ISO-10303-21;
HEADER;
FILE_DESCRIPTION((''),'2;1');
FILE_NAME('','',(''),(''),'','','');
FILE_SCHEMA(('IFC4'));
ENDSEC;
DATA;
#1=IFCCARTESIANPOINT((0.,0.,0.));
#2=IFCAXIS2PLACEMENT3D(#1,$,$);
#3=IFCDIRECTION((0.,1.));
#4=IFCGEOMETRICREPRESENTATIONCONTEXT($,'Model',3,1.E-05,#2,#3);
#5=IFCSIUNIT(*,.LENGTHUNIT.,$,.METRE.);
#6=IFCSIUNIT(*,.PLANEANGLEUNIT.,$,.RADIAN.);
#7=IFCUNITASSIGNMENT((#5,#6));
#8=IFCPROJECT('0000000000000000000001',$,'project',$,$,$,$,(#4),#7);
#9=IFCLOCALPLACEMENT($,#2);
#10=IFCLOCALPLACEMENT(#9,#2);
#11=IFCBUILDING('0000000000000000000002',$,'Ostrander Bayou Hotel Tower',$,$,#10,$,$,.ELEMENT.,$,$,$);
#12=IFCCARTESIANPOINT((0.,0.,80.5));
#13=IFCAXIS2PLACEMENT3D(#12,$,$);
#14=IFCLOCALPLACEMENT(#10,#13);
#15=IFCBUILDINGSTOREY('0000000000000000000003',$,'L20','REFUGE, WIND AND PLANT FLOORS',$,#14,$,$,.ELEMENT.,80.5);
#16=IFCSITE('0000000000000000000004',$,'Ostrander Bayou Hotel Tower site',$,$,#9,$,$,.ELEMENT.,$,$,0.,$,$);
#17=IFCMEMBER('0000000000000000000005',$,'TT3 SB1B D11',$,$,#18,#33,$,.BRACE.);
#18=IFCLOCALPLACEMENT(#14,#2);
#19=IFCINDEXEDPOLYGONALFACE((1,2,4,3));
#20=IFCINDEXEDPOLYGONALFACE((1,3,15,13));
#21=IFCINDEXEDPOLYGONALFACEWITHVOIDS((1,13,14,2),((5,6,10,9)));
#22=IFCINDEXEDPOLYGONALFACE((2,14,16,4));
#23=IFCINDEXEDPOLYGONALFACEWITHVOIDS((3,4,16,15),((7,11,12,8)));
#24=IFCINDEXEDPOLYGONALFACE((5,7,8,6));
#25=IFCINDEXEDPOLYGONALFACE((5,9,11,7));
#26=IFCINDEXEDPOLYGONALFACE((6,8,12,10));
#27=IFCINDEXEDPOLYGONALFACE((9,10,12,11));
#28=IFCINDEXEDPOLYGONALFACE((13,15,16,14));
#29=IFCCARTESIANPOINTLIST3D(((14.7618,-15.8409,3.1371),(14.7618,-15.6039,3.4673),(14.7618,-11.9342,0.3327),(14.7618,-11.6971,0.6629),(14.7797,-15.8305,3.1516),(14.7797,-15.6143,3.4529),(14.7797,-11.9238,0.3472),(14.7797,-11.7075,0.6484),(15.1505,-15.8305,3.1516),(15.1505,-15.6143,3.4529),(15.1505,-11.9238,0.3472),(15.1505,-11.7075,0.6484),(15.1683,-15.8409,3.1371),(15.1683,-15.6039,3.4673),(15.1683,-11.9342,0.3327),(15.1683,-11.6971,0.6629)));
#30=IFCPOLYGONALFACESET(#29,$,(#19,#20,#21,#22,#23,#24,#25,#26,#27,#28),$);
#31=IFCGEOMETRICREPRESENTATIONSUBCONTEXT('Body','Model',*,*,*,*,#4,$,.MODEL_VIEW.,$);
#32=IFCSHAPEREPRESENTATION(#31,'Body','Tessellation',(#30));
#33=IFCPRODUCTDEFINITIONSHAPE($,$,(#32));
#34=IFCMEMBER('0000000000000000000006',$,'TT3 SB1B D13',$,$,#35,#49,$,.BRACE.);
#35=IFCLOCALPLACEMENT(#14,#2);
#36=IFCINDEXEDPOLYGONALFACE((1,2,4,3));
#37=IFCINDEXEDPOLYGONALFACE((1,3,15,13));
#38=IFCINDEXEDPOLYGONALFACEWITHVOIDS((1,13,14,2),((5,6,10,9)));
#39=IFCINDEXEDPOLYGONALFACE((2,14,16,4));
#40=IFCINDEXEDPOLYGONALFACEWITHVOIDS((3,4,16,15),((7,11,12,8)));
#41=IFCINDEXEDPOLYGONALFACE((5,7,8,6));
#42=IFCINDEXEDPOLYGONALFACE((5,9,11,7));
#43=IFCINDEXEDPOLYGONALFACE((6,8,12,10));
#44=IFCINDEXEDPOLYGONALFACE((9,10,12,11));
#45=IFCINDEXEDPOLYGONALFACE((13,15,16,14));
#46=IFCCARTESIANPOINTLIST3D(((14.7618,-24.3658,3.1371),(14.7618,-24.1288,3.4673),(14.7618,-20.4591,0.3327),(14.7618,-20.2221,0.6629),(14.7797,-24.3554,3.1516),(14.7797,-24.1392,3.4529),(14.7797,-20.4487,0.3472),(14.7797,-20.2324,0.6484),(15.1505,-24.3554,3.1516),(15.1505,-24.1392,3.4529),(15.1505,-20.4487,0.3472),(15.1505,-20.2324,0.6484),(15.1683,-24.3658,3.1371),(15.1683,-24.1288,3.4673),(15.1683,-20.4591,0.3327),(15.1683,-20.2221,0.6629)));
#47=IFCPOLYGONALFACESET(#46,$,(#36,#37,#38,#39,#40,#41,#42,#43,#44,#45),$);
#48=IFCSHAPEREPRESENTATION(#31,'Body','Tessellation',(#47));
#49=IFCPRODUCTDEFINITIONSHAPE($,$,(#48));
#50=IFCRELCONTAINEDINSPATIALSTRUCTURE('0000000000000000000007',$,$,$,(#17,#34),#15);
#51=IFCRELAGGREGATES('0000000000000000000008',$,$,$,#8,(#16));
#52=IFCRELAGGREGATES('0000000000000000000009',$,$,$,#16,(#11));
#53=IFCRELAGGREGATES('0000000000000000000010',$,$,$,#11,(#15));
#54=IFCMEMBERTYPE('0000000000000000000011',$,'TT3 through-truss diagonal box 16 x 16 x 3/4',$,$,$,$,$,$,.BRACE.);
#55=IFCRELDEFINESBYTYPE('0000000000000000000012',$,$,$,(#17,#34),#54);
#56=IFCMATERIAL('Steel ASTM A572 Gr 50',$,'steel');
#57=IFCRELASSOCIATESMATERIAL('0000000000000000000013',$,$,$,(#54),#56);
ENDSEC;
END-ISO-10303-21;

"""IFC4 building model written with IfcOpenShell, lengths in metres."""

from ifc_helpers import new_model, si_unit, direction, frame, origin, origin_2d, place, context, subcontext, project, spatial, hollow_rectangle, extrude, material, material_profile, profile_set, type_object, element, save


model = new_model("IFC4")

# Units and contexts
model_context = context("Model", 3, precision=1e-05, world=origin(), true_north=direction((0.0, 1.0)))
body_context = subcontext(model_context, "Body", "Model", "MODEL_VIEW")
ifc_project = project(units=[si_unit("LENGTHUNIT", "METRE"), si_unit("PLANEANGLEUNIT", "RADIAN")], contexts=[model_context])

# Site, building, storey
site_placement = place(None, origin())
site = spatial("IfcSite", under=ifc_project, at=site_placement, Name="Ostrander Bayou Hotel Tower site", CompositionType="ELEMENT", RefElevation=0.0)
building_placement = place(site_placement, origin())
building = spatial("IfcBuilding", under=site, at=building_placement, Name="Ostrander Bayou Hotel Tower", CompositionType="ELEMENT")
storey_placement = place(building_placement, frame((0.0, 0.0, 80.5)))
storey = spatial("IfcBuildingStorey", under=building, at=storey_placement, Name="L20", Description="REFUGE, WIND AND PLANT FLOORS", CompositionType="ELEMENT", Elevation=80.5)

# Members
ifc_material_1 = material(Name="Steel ASTM A572 Gr 50", Category="steel")
ifc_material_profile_1 = material_profile(ifc_material_1, hollow_rectangle(XDim=0.4065, YDim=0.4065, WallThickness=0.0178, at=origin_2d()))
ifc_profile_set_1 = profile_set([ifc_material_profile_1], Name="Steel ASTM A572 Gr 50")
member_type_1 = type_object("IfcMemberType", Name="TT3 through-truss diagonal box 16 x 16 x 3/4", PredefinedType="BRACE", material=ifc_profile_set_1)
for number, where, z_axis, x_axis, name in (
    (1, (14.9651, -11.8157, 0.4978), (0.0, -0.812363, 0.583153), (1.0, 0.0, 0.0), "TT3 SB1B D11"),
    (2, (14.9651, -20.3406, 0.4978), (0.0, -0.812363, 0.583153), (1.0, 0.0, 0.0), "TT3 SB1B D13"),
):
    element("IfcMember", number, at=place(storey_placement, frame(where, z_axis=z_axis, x_axis=x_axis)), inside=storey, type_object=member_type_1, Name=name, PredefinedType="BRACE", context=body_context, shape_type="SweptSolid", body=[
        extrude(hollow_rectangle(XDim=0.4065, YDim=0.4065, WallThickness=0.0178, at=origin_2d()), origin(), (0.0, 0.0, 1.0), 4.8091),
    ])

save(model, "model.ifc")
